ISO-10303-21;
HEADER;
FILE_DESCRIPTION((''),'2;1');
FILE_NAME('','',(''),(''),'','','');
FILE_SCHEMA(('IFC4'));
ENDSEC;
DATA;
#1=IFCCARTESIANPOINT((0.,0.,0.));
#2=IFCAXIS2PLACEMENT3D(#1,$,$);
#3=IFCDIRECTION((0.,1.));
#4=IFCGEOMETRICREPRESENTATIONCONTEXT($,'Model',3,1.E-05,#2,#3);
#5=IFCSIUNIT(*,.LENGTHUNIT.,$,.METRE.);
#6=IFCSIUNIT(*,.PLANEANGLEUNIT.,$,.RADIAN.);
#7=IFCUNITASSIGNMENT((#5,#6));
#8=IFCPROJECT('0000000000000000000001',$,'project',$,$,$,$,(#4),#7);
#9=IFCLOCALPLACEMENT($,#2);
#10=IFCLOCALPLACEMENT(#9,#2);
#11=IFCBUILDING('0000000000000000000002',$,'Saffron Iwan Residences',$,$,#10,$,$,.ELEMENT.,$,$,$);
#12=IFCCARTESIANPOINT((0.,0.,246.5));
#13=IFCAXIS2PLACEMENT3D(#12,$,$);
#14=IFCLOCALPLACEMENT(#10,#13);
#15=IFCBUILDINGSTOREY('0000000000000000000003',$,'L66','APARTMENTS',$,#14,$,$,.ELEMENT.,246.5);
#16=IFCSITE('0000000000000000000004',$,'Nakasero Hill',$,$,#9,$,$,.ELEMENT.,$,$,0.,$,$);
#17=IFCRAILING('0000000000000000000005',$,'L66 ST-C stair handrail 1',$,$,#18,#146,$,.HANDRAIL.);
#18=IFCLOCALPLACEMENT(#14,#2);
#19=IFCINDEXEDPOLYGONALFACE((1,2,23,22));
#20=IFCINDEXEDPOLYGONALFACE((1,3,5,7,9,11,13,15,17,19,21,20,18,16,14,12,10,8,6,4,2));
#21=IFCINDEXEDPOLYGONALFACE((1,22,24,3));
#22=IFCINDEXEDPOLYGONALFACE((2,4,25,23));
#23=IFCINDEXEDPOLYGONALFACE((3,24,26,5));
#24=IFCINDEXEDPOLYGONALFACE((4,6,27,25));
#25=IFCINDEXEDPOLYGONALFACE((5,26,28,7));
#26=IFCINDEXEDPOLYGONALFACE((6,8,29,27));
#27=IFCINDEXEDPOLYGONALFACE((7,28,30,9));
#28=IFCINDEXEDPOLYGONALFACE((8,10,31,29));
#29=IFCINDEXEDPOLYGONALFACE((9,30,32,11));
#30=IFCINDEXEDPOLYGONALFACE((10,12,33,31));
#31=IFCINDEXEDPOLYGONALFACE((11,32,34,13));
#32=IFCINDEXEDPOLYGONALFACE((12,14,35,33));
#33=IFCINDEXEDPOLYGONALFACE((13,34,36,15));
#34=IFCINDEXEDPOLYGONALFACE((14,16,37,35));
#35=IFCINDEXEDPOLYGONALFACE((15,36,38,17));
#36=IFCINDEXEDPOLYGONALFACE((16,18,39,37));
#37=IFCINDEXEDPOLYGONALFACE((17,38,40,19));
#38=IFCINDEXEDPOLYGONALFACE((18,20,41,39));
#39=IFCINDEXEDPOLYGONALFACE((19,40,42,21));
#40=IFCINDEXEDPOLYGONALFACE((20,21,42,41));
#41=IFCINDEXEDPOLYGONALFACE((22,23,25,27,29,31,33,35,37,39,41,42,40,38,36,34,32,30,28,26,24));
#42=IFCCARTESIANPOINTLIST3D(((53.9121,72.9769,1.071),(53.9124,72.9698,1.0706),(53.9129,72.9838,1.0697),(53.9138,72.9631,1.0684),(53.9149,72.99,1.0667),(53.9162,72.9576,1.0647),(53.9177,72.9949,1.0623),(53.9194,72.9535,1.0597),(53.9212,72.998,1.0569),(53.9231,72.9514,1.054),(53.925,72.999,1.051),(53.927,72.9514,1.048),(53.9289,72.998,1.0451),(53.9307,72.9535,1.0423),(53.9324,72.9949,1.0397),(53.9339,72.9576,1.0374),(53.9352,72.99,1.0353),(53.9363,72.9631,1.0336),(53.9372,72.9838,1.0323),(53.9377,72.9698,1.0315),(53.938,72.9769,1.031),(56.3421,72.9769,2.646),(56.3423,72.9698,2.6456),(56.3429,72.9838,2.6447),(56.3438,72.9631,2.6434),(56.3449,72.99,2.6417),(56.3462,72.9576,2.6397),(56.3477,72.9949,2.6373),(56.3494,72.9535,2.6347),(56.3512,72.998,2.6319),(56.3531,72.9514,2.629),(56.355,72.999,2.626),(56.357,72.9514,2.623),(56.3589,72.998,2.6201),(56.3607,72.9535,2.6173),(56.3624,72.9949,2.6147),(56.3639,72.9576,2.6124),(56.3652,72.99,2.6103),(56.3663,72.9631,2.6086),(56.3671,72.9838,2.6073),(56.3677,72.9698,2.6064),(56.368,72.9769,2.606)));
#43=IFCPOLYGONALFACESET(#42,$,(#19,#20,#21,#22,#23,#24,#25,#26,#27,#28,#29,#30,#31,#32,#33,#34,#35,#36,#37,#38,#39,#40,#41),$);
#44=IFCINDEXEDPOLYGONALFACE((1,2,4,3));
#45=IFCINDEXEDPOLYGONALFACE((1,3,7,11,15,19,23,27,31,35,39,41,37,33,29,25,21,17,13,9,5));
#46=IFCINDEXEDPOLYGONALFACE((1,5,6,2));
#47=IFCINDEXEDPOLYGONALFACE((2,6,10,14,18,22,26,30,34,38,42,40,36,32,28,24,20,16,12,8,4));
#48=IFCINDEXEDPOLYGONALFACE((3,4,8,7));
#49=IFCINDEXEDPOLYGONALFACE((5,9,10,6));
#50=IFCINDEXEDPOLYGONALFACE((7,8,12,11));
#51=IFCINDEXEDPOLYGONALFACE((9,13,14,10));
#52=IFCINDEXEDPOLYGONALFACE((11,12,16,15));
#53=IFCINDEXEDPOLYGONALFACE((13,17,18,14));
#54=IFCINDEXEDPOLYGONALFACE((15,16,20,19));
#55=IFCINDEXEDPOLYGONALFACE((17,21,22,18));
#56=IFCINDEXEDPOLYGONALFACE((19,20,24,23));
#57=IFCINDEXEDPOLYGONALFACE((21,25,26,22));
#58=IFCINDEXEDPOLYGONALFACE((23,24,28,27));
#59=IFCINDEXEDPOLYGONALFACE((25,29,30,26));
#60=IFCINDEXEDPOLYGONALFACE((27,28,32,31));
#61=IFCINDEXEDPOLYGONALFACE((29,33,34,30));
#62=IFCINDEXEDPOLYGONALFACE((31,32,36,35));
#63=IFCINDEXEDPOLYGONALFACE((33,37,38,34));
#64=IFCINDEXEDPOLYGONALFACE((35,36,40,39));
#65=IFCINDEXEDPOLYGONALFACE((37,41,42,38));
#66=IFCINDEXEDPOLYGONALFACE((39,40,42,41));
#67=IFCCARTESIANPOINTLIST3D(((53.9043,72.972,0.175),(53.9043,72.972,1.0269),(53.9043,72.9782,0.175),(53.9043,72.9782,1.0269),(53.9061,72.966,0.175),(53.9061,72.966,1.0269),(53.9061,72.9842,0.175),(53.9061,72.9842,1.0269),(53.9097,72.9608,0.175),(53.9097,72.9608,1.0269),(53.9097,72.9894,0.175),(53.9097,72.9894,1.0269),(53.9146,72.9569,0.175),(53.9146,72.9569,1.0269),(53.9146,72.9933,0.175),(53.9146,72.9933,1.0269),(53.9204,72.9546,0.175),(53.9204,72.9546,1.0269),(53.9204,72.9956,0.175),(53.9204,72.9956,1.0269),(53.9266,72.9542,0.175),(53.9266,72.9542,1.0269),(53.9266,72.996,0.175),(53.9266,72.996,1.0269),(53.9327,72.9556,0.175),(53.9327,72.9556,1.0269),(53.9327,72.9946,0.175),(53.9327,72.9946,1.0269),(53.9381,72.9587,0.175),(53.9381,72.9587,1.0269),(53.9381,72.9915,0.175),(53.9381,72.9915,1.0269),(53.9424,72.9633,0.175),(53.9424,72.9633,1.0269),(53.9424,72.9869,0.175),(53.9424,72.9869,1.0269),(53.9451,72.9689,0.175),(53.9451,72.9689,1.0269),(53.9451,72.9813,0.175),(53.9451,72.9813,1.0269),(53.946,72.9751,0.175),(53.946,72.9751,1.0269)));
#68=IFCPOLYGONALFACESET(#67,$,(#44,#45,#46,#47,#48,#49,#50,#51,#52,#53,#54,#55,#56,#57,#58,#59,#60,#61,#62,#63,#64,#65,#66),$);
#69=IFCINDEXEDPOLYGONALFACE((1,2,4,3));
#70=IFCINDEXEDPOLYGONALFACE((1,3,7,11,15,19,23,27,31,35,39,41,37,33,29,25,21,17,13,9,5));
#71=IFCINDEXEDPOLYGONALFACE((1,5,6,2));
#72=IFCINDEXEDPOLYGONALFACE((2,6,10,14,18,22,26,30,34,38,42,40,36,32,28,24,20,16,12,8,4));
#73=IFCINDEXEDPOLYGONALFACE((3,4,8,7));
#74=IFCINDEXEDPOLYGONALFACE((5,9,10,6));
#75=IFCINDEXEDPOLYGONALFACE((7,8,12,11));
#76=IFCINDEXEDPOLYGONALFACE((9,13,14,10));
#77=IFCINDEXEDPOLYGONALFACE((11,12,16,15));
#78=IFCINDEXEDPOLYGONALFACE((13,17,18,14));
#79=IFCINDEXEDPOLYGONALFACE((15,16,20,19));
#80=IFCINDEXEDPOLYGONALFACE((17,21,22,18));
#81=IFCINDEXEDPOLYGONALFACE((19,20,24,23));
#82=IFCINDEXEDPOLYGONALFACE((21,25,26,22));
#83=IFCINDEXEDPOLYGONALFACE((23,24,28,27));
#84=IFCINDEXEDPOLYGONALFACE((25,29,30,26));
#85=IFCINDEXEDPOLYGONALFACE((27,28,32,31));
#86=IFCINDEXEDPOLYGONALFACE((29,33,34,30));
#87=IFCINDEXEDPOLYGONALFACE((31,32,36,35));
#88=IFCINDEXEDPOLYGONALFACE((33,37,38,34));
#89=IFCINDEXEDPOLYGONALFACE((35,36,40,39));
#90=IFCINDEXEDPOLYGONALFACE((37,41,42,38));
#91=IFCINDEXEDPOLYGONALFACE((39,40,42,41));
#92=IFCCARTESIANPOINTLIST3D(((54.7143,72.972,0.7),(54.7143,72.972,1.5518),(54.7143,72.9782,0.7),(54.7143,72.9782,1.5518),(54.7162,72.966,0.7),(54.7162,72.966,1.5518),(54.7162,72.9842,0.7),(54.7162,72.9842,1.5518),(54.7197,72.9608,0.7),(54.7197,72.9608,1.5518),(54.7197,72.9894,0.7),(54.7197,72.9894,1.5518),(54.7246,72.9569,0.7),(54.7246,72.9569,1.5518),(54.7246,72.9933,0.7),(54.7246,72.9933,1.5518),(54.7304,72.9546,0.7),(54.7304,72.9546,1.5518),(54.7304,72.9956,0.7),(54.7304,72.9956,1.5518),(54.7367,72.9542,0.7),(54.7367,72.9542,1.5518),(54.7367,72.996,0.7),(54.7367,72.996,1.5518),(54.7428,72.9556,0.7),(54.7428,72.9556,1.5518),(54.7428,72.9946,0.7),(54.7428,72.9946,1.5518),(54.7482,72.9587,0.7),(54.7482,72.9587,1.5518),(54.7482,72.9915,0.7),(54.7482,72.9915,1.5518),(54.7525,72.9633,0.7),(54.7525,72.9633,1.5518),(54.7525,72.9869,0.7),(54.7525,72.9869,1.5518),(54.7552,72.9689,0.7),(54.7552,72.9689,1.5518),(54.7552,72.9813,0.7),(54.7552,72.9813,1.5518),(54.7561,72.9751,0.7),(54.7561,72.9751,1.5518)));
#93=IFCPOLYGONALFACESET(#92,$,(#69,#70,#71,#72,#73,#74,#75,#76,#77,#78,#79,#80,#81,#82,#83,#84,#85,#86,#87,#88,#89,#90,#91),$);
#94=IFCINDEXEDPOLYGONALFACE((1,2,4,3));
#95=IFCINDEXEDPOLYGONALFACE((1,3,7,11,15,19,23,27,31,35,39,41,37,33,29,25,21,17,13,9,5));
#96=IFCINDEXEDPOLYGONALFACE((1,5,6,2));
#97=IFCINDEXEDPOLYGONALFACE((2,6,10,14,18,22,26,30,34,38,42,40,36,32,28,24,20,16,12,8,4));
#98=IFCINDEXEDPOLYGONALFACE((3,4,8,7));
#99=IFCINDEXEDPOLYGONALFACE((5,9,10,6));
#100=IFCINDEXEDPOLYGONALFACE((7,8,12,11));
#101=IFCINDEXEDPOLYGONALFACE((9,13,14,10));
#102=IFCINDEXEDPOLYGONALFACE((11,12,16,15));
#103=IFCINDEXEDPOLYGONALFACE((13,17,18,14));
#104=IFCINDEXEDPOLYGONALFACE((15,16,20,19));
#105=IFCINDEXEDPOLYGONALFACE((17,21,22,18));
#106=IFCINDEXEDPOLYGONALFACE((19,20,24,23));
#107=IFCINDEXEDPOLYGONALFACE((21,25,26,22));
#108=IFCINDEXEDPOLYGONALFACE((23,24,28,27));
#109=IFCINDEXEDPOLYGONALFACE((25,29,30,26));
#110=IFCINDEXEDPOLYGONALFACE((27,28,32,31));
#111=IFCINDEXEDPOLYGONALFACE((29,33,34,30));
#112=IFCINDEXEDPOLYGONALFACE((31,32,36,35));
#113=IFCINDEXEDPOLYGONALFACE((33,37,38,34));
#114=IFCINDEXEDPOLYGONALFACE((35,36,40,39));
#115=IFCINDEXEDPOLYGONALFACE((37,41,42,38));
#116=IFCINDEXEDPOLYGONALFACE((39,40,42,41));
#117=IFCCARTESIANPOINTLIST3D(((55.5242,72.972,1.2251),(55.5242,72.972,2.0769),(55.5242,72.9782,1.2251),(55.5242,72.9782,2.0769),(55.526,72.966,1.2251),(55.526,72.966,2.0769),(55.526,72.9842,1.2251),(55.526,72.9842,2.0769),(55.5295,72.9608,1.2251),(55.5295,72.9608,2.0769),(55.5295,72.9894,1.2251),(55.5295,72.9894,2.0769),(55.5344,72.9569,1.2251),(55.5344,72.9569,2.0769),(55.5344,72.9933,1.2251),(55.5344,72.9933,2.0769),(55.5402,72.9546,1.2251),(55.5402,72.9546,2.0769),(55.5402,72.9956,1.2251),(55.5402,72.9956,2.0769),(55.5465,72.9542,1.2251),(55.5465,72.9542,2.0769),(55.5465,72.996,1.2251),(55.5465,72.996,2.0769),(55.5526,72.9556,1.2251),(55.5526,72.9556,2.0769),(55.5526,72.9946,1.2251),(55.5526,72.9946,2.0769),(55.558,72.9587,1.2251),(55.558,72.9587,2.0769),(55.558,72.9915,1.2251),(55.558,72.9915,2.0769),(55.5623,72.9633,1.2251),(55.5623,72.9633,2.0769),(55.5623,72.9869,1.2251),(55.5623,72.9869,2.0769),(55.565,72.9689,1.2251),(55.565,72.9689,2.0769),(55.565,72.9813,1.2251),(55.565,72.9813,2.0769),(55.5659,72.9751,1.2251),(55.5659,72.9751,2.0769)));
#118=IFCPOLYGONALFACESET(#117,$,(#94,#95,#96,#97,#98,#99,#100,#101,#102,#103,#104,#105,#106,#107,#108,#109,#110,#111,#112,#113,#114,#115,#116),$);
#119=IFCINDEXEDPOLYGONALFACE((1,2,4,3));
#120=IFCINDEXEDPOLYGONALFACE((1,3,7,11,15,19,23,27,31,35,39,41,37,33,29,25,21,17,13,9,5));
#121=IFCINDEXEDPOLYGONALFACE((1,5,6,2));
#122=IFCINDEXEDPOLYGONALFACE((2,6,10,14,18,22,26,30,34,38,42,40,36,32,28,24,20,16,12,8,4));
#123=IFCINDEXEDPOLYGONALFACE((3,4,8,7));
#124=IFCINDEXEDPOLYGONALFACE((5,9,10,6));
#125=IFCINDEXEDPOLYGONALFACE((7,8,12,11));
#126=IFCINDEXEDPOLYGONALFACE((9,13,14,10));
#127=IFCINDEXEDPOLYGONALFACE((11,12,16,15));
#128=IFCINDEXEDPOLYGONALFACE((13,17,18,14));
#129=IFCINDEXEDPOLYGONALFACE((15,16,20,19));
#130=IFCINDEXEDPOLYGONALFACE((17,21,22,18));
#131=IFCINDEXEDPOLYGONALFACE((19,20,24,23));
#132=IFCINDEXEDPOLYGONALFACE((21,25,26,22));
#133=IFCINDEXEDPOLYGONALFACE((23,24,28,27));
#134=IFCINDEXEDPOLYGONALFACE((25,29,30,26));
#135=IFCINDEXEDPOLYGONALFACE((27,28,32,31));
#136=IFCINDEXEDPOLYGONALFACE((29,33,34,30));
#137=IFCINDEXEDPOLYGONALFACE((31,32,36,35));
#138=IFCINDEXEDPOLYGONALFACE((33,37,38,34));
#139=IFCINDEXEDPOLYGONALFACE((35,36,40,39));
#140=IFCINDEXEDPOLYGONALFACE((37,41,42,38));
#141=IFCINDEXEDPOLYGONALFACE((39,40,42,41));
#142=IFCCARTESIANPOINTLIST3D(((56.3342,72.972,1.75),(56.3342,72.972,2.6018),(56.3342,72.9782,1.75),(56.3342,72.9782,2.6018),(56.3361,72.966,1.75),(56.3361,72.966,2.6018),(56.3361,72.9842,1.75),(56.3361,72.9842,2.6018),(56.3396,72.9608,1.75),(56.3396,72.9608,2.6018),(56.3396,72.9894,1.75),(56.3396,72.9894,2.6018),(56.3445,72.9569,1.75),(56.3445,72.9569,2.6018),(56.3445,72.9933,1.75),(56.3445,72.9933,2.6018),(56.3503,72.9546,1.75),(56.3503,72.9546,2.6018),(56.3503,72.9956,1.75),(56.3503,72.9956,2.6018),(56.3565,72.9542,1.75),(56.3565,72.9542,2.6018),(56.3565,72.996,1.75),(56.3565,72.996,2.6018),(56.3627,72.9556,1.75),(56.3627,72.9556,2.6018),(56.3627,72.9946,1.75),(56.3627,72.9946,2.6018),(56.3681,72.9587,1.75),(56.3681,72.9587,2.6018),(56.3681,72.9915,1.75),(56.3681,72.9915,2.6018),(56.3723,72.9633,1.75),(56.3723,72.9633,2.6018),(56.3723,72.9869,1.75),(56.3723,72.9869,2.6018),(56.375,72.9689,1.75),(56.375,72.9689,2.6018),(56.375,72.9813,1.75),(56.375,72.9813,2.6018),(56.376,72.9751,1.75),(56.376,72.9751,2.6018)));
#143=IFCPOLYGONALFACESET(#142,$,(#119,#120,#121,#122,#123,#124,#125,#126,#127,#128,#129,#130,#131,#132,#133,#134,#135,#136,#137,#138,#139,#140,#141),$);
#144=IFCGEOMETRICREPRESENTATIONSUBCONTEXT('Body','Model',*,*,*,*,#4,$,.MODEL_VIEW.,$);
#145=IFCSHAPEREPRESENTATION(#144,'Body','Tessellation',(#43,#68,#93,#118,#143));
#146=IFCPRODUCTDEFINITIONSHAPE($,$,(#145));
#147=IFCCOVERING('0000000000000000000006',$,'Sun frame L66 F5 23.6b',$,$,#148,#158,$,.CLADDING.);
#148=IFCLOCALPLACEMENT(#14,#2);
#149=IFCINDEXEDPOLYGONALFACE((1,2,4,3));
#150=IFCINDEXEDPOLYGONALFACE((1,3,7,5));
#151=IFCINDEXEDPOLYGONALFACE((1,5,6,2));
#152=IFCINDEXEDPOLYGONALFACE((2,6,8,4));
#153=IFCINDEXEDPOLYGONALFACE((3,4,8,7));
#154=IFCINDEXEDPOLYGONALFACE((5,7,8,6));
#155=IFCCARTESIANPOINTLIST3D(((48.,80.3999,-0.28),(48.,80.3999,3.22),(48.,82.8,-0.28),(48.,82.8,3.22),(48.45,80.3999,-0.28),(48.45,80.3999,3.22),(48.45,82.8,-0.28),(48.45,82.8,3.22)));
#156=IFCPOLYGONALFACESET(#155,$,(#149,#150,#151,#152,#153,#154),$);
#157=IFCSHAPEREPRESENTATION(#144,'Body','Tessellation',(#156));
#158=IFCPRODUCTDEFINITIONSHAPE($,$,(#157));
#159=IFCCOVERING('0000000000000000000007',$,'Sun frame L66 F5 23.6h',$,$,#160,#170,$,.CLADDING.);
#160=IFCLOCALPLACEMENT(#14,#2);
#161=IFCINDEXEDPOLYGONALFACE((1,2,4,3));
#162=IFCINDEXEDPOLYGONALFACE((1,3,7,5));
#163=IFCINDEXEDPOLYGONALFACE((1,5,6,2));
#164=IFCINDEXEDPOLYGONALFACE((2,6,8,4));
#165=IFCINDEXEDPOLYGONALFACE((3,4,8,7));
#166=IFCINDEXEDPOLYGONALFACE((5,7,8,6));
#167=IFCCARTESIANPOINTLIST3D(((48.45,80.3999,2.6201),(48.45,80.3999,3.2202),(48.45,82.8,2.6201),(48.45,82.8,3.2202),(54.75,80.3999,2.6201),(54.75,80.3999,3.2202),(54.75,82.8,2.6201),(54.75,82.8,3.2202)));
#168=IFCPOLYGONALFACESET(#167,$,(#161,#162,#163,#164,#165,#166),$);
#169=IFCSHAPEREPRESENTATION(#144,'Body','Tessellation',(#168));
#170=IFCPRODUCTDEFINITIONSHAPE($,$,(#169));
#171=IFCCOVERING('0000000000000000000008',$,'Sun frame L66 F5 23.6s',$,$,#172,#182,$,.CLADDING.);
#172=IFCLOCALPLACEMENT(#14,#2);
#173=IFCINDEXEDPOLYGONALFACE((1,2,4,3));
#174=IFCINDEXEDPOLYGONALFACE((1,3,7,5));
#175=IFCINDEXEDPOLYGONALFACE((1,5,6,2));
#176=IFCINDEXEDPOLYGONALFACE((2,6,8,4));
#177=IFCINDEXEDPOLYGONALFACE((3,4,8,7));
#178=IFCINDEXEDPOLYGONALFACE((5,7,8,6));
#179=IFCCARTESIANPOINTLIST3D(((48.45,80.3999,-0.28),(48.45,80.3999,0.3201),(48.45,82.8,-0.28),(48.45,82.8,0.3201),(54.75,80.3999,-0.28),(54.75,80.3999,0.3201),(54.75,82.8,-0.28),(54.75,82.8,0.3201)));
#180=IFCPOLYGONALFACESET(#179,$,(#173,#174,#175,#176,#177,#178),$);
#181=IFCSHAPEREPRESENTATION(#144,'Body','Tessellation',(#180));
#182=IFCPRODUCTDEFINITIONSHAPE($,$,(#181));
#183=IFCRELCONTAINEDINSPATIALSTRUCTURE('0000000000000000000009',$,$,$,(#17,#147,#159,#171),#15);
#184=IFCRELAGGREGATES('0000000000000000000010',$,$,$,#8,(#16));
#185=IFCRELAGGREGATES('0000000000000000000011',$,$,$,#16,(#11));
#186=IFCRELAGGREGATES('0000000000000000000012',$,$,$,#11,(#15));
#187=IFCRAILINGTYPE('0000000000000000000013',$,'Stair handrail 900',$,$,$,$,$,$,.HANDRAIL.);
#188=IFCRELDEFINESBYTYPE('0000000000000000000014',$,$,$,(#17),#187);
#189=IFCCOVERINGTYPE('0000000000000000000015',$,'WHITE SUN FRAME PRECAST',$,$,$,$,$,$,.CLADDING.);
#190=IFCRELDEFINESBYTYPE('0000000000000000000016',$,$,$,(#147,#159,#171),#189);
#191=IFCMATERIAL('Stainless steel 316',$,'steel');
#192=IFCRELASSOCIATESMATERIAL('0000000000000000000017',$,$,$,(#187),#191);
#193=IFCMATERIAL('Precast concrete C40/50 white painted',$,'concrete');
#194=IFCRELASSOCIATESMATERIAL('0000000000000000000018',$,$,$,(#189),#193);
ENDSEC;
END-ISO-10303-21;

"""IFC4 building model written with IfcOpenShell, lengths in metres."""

from ifc_helpers import new_model, si_unit, direction, frame, origin, origin_2d, place, context, subcontext, project, spatial, polyline, circle, outline, extrude, material, type_object, element, save


model = new_model("IFC4")

# Units and contexts
model_context = context("Model", 3, precision=1e-05, world=origin(), true_north=direction((0.0, 1.0)))
body_context = subcontext(model_context, "Body", "Model", "MODEL_VIEW")
ifc_project = project(units=[si_unit("LENGTHUNIT", "METRE"), si_unit("PLANEANGLEUNIT", "RADIAN")], contexts=[model_context])

# Site, building, storey
site_placement = place(None, origin())
site = spatial("IfcSite", under=ifc_project, at=site_placement, Name="Nakasero Hill", CompositionType="ELEMENT", RefElevation=0.0)
building_placement = place(site_placement, origin())
building = spatial("IfcBuilding", under=site, at=building_placement, Name="Saffron Iwan Residences", CompositionType="ELEMENT")
storey_placement = place(building_placement, frame((0.0, 0.0, 246.5)))
storey = spatial("IfcBuildingStorey", under=building, at=storey_placement, Name="L66", Description="APARTMENTS", CompositionType="ELEMENT", Elevation=246.5)

# Railing
ifc_material_1 = material(Name="Stainless steel 316", Category="steel")
railing_type_1 = type_object("IfcRailingType", Name="Stair handrail 900", PredefinedType="HANDRAIL", material=ifc_material_1)
railing_1_placement = place(storey_placement, frame((53.925, 72.9751, 0.175)))
element("IfcRailing", 1, at=railing_1_placement, inside=storey, type_object=railing_type_1, Name="L66 ST-C stair handrail 1", PredefinedType="HANDRAIL", context=body_context, shape_type="SweptSolid", body=[
    extrude(circle(Radius=0.0239, at=origin_2d()), frame((0.0, 0.0, 0.876), z_axis=(0.839154, 0.0, 0.543894), x_axis=(0.0, 1.0, 0.0)), (0.0, 0.0, 1.0), 2.8958),
    extrude(circle(Radius=0.021, at=origin_2d()), origin(), (0.0, 0.0, 1.0), 0.8518),
    extrude(circle(Radius=0.021, at=origin_2d()), frame((0.8101, 0.0, 0.5249)), (0.0, 0.0, 1.0), 0.8518),
    extrude(circle(Radius=0.021, at=origin_2d()), frame((1.6199, 0.0, 1.05)), (0.0, 0.0, 1.0), 0.8518),
    extrude(circle(Radius=0.021, at=origin_2d()), frame((2.4299, 0.0, 1.575)), (0.0, 0.0, 1.0), 0.8518),
])

# Coverings
ifc_material_2 = material(Name="Precast concrete C40/50 white painted", Category="concrete")
covering_type_1 = type_object("IfcCoveringType", Name="WHITE SUN FRAME PRECAST", PredefinedType="CLADDING", material=ifc_material_2)
covering_1_placement = place(storey_placement, frame((48.45, 80.3999, -0.28), z_axis=(0.0, 1.0, 0.0), x_axis=(-1.0, 0.0, 0.0)))
element("IfcCovering", 2, at=covering_1_placement, inside=storey, type_object=covering_type_1, Name="Sun frame L66 F5 23.6b", PredefinedType="CLADDING", context=body_context, shape_type="SweptSolid", body=[
    extrude(outline(polyline([(0.0, 0.0), (0.45, 0.0), (0.45, 3.5), (0.0, 3.5), (0.0, 0.0)])), origin(), (0.0, 0.0, 1.0), 2.4001),
])
for number, where, z_axis, x_axis, name in (
    (3, (54.75, 80.3999, 2.6201), (0.0, 1.0, 0.0), (-1.0, 0.0, 0.0), "Sun frame L66 F5 23.6h"),
    (4, (54.75, 80.3999, -0.28), (0.0, 1.0, 0.0), (-1.0, 0.0, 0.0), "Sun frame L66 F5 23.6s"),
):
    element("IfcCovering", number, at=place(storey_placement, frame(where, z_axis=z_axis, x_axis=x_axis)), inside=storey, type_object=covering_type_1, Name=name, PredefinedType="CLADDING", context=body_context, shape_type="SweptSolid", body=[
        extrude(outline(polyline([(0.0, 0.0), (6.3, 0.0), (6.3, 0.6001), (0.0, 0.6001), (0.0, 0.0)])), origin(), (0.0, 0.0, 1.0), 2.4001),
    ])

save(model, "model.ifc")
